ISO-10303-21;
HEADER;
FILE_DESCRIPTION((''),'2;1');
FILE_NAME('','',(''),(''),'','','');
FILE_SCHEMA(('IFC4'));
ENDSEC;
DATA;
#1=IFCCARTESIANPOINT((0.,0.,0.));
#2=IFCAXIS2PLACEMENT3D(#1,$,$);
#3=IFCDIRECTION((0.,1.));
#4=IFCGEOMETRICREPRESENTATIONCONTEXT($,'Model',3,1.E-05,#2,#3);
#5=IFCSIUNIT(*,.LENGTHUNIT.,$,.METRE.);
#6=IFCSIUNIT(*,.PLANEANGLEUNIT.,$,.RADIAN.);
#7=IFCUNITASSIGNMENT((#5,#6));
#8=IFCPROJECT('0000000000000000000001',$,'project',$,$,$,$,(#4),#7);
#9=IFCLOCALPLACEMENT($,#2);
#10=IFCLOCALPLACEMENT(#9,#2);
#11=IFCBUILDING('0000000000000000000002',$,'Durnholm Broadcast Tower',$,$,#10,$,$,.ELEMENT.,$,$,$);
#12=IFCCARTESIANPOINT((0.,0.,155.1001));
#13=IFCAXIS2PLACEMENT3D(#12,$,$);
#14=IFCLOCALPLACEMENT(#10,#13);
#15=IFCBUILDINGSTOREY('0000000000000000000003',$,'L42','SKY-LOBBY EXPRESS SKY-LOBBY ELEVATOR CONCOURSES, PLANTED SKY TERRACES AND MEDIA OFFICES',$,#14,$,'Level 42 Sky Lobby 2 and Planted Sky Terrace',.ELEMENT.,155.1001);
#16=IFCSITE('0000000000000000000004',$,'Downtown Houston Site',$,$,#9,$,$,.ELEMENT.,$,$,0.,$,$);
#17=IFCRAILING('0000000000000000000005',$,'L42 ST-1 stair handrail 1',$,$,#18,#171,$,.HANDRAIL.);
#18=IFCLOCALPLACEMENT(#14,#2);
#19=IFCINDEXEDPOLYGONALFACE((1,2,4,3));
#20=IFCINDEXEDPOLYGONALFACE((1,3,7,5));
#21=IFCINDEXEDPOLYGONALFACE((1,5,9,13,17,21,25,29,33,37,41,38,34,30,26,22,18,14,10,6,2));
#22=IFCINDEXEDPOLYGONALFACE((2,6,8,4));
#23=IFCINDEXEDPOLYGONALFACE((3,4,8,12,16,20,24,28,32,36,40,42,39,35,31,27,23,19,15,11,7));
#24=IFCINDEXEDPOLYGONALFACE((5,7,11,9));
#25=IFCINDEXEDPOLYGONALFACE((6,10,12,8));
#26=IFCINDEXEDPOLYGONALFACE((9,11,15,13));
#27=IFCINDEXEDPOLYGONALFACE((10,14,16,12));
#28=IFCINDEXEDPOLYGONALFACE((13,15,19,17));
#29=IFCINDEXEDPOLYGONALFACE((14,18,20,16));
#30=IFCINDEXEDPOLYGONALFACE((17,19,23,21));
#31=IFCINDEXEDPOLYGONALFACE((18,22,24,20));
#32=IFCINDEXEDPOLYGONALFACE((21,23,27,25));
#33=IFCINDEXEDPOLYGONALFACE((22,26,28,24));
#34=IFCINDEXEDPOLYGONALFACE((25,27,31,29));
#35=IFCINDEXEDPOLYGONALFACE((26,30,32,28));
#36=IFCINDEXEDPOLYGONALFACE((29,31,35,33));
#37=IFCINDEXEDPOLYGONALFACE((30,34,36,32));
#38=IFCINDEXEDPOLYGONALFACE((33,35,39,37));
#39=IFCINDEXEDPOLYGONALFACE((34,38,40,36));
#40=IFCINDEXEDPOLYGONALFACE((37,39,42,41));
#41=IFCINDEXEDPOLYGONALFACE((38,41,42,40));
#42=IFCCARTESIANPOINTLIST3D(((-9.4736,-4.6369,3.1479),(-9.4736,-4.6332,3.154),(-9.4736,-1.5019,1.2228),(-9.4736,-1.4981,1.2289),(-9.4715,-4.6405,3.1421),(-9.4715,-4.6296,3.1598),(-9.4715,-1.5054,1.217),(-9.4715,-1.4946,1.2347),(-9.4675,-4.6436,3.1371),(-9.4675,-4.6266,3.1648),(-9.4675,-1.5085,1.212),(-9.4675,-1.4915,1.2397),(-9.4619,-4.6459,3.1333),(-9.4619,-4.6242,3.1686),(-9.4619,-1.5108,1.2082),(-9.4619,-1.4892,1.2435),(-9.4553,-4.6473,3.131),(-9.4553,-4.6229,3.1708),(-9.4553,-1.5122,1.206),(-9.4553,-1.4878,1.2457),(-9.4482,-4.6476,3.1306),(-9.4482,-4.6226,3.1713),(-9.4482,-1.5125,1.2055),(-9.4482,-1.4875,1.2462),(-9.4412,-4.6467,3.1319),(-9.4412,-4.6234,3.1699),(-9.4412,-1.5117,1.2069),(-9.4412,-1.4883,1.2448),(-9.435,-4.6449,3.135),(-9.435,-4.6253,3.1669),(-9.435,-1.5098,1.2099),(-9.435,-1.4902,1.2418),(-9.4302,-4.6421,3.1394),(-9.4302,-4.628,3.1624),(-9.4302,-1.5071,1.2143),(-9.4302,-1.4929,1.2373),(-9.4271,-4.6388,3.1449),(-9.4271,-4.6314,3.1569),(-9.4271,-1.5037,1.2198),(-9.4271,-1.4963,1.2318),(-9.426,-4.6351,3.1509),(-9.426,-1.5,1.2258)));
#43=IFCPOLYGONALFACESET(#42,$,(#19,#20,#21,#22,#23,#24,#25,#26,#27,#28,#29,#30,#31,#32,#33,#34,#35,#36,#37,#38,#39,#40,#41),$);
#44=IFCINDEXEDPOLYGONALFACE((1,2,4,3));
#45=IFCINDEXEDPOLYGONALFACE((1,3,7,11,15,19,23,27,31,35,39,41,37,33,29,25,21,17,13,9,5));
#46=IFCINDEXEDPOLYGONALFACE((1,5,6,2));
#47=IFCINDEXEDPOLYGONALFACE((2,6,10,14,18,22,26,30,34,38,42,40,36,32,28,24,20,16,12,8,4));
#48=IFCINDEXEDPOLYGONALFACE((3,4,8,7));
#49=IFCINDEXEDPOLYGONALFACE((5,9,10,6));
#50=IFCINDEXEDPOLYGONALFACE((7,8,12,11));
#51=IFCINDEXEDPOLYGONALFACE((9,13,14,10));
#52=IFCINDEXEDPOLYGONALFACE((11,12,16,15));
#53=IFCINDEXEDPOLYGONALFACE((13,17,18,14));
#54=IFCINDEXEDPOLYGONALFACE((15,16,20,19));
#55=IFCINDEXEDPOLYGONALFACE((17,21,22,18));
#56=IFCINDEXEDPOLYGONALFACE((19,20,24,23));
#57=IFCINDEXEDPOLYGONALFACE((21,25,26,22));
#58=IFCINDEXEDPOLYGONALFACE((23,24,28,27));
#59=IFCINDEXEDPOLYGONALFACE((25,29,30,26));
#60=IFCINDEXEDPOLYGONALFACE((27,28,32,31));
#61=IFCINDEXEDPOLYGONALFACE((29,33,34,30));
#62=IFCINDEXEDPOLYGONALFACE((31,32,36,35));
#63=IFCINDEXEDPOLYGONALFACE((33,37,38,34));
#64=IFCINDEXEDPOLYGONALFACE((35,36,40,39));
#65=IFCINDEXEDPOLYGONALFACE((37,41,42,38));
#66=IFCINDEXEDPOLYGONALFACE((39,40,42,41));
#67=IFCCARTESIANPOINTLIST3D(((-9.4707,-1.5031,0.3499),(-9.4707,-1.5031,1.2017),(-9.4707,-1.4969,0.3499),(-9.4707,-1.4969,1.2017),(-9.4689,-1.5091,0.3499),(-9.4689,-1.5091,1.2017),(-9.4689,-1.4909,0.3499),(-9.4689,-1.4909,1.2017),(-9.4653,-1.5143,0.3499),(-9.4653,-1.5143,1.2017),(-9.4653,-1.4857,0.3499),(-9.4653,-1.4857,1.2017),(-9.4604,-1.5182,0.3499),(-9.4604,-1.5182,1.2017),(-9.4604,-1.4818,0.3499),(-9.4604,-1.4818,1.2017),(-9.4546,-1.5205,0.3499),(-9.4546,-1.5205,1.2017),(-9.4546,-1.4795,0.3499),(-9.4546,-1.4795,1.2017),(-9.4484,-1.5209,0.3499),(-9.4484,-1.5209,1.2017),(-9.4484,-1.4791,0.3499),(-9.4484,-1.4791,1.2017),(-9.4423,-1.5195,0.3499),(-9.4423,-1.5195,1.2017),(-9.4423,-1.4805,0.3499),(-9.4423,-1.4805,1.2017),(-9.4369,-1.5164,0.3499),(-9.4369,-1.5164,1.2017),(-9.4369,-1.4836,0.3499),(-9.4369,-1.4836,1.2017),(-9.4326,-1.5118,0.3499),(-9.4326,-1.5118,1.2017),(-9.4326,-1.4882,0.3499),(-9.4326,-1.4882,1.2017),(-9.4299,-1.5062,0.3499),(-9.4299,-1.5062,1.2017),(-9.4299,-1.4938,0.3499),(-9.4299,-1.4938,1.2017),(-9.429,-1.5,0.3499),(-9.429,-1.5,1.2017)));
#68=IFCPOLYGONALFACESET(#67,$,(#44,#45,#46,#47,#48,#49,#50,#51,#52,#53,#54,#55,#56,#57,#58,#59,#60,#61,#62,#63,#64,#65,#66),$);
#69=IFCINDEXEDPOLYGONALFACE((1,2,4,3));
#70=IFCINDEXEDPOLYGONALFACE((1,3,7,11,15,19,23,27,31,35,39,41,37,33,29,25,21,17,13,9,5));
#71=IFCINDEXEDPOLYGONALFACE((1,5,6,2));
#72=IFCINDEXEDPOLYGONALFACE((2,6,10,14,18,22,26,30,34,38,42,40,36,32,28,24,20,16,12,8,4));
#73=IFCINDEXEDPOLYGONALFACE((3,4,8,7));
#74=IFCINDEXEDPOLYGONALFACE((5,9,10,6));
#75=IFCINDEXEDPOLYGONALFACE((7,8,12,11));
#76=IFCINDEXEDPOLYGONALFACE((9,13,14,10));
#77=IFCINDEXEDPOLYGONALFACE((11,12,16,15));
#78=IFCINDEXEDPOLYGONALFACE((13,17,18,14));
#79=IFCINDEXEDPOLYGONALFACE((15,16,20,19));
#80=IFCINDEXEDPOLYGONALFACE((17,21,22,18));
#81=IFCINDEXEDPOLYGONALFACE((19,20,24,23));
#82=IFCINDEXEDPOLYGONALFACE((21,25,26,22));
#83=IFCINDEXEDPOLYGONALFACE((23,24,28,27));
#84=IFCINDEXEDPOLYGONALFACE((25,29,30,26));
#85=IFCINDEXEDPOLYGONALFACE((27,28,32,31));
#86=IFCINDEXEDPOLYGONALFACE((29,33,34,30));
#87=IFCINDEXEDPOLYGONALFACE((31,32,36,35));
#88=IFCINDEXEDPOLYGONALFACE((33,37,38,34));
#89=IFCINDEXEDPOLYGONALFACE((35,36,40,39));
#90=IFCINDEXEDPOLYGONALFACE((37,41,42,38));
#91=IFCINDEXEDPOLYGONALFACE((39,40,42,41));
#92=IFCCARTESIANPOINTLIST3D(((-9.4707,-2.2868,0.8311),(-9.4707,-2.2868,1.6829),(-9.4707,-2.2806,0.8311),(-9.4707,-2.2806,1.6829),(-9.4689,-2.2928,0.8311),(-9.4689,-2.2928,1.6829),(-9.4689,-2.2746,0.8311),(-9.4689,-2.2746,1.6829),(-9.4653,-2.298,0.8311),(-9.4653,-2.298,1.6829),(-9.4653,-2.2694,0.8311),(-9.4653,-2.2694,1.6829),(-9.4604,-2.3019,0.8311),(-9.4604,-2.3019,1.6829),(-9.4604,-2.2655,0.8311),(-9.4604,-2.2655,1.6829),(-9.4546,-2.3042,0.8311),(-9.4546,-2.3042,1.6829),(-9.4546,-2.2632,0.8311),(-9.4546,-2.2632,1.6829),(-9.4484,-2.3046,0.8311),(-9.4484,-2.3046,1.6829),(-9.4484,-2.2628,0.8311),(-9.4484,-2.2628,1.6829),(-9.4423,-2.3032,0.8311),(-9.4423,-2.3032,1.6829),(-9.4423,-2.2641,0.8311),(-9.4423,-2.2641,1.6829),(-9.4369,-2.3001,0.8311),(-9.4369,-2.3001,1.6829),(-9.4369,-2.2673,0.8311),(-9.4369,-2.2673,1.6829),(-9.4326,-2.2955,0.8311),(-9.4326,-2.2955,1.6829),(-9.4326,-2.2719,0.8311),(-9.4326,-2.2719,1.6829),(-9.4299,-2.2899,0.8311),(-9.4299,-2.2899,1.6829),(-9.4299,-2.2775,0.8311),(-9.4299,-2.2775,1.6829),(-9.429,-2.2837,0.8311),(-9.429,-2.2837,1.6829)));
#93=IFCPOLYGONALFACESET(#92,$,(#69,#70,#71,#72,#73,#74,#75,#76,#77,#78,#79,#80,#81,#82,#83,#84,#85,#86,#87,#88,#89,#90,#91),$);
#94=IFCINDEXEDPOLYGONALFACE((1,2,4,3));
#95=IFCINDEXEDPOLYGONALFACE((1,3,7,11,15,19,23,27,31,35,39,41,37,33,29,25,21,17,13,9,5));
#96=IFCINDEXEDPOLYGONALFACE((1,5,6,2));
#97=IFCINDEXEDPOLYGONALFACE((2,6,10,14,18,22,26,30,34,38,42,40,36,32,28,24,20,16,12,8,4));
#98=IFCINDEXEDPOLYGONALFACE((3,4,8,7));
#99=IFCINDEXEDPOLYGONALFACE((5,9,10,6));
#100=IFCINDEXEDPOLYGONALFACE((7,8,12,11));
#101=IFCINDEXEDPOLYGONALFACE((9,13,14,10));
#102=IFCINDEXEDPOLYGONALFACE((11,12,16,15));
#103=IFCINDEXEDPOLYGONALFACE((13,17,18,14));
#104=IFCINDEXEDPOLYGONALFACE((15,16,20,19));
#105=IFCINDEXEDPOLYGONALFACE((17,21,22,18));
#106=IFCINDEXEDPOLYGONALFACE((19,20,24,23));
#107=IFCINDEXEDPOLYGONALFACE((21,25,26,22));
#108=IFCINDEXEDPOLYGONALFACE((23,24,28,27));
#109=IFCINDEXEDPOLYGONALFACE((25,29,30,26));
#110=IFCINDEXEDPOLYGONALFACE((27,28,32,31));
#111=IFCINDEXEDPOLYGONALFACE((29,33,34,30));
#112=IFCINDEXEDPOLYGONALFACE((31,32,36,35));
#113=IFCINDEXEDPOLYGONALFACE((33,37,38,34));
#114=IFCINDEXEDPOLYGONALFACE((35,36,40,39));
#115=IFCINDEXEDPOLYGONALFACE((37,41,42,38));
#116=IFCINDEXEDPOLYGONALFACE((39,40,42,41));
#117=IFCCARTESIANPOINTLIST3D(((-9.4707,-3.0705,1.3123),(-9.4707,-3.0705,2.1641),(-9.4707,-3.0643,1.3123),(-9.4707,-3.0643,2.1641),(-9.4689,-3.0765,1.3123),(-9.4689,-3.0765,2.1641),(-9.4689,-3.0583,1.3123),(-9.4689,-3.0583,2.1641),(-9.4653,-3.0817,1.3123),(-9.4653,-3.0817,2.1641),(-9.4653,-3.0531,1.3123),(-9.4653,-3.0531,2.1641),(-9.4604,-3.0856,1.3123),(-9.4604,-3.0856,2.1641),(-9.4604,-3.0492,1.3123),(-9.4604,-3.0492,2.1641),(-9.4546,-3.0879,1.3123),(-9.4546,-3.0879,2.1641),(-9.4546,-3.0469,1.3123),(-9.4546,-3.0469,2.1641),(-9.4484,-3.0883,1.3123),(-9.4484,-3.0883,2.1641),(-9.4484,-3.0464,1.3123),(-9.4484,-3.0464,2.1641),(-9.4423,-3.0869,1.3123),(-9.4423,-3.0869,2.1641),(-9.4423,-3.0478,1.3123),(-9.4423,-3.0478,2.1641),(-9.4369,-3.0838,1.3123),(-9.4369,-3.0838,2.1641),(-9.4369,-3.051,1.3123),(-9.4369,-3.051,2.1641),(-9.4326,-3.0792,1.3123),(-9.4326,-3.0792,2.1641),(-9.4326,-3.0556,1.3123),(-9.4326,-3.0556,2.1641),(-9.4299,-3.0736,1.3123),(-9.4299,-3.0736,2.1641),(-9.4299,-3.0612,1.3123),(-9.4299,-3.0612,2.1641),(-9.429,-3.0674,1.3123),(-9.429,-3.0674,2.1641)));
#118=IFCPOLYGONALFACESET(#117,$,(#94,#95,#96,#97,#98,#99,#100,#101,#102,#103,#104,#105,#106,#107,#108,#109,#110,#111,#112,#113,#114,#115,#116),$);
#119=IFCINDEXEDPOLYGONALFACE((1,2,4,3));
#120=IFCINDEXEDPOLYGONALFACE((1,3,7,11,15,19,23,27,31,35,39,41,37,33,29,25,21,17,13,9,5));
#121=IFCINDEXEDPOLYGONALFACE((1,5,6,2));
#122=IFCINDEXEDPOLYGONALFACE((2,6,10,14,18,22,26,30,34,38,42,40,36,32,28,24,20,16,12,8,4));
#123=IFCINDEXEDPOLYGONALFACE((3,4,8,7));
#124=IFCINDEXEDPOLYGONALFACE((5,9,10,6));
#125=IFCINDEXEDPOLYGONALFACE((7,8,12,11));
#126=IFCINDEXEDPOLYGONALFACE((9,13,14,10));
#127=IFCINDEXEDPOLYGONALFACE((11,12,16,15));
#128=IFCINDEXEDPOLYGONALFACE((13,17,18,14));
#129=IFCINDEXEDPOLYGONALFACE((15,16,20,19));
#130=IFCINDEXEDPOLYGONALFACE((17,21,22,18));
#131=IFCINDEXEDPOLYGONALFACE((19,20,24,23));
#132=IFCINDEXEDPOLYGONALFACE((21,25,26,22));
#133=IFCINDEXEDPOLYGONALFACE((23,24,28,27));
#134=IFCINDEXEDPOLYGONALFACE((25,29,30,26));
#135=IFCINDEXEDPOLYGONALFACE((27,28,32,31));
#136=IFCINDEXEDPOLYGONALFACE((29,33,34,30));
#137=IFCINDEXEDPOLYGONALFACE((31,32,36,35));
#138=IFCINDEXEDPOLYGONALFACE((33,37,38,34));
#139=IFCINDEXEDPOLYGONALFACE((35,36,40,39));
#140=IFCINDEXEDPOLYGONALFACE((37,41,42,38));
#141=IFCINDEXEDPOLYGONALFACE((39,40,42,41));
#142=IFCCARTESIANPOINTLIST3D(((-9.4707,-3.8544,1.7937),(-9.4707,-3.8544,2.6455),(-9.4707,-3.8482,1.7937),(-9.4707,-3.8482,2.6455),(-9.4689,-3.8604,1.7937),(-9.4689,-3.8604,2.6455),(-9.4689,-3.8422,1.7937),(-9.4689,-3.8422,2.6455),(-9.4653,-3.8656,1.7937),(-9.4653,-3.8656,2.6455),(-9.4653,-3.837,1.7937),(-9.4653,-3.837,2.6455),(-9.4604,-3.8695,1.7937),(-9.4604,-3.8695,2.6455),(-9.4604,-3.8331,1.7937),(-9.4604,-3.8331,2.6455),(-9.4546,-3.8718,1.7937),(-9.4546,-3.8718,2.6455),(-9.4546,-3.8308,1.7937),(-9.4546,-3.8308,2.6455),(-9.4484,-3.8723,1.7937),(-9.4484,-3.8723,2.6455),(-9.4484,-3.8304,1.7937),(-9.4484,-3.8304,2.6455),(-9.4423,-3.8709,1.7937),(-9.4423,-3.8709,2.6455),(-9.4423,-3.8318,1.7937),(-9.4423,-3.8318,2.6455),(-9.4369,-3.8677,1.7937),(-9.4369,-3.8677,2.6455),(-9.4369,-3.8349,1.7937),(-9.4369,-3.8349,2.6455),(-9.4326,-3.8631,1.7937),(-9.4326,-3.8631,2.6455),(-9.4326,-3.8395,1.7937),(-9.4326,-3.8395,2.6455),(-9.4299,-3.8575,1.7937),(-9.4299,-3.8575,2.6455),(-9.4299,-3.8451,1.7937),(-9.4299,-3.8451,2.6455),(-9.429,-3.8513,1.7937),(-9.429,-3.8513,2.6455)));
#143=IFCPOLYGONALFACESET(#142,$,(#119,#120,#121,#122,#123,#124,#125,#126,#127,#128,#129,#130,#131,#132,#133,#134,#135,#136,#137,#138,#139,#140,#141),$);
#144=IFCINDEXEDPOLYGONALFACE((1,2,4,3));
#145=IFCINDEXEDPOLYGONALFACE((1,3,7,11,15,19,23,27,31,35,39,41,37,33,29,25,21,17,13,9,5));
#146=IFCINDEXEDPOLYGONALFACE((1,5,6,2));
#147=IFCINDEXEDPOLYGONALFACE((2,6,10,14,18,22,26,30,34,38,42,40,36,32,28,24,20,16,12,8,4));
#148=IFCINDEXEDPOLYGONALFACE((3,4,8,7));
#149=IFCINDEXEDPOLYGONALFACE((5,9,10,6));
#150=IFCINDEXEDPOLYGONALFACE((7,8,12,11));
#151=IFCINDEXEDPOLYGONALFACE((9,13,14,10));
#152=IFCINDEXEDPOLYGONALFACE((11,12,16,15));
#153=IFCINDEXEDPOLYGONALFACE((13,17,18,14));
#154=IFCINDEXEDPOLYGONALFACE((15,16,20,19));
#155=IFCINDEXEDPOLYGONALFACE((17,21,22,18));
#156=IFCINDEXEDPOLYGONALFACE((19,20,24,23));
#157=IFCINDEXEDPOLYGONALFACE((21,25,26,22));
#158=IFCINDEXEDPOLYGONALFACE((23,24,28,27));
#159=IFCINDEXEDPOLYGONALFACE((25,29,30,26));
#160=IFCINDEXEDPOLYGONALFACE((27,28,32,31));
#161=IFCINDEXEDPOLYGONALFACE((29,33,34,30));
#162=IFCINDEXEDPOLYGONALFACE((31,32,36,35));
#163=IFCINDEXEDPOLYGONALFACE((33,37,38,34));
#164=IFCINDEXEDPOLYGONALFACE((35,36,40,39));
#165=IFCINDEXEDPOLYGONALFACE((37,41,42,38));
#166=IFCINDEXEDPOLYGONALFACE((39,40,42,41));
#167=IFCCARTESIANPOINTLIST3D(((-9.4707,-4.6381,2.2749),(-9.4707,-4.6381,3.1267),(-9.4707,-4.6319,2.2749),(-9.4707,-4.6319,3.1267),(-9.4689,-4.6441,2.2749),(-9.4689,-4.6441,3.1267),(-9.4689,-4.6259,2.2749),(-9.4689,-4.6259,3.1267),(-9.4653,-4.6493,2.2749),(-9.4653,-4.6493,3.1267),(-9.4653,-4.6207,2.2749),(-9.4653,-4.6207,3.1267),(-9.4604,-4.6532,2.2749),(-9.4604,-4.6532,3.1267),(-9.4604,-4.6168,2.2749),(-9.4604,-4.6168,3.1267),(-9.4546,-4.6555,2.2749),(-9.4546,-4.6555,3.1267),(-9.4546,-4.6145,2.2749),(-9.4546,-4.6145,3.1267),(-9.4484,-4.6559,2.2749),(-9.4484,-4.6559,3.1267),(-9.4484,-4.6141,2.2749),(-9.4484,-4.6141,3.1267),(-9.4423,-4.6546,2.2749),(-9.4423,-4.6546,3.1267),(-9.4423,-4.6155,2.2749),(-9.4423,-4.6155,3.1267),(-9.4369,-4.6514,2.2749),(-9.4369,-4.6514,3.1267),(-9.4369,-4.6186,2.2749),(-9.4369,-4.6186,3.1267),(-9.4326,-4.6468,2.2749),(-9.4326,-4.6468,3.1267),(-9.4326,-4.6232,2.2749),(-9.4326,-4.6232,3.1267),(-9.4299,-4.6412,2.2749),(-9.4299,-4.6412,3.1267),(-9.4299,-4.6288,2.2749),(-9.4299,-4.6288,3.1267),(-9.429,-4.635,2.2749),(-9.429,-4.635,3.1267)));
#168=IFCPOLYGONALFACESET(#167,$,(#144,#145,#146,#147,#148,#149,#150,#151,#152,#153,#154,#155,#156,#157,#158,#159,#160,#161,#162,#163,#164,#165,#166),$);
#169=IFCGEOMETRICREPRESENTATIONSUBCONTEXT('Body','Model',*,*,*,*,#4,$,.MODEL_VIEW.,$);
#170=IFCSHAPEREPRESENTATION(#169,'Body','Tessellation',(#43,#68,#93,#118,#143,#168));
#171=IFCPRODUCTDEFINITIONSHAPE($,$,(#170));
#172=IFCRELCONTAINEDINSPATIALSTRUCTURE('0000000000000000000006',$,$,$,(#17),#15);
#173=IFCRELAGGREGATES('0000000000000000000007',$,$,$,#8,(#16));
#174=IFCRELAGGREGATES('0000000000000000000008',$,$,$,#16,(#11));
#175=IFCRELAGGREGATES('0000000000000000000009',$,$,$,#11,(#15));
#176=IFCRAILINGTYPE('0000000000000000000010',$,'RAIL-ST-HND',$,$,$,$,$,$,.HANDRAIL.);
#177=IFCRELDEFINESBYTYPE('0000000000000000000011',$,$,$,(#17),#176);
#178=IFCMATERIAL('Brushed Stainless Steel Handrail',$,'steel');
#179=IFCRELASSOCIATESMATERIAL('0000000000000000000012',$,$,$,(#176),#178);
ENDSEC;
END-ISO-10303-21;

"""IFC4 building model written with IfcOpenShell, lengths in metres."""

from ifc_helpers import new_model, si_unit, direction, frame, origin, origin_2d, place, context, subcontext, project, spatial, circle, extrude, material, type_object, element, save


model = new_model("IFC4")

# Units and contexts
model_context = context("Model", 3, precision=1e-05, world=origin(), true_north=direction((0.0, 1.0)))
body_context = subcontext(model_context, "Body", "Model", "MODEL_VIEW")
ifc_project = project(units=[si_unit("LENGTHUNIT", "METRE"), si_unit("PLANEANGLEUNIT", "RADIAN")], contexts=[model_context])

# Site, building, storey
site_placement = place(None, origin())
site = spatial("IfcSite", under=ifc_project, at=site_placement, Name="Downtown Houston Site", CompositionType="ELEMENT", RefElevation=0.0)
building_placement = place(site_placement, origin())
building = spatial("IfcBuilding", under=site, at=building_placement, Name="Durnholm Broadcast Tower", CompositionType="ELEMENT")
storey_placement = place(building_placement, frame((0.0, 0.0, 155.1001)))
storey = spatial("IfcBuildingStorey", under=building, at=storey_placement, Name="L42", Description="SKY-LOBBY EXPRESS SKY-LOBBY ELEVATOR CONCOURSES, PLANTED SKY TERRACES AND MEDIA OFFICES", LongName="Level 42 Sky Lobby 2 and Planted Sky Terrace", CompositionType="ELEMENT", Elevation=155.1001)

# Railing
ifc_material_1 = material(Name="Brushed Stainless Steel Handrail", Category="steel")
railing_type = type_object("IfcRailingType", Name="RAIL-ST-HND", PredefinedType="HANDRAIL", material=ifc_material_1)
railing_placement = place(storey_placement, frame((-9.45, -1.5, 0.3499)))
element("IfcRailing", 1, at=railing_placement, inside=storey, type_object=railing_type, Name="L42 ST-1 stair handrail 1", PredefinedType="HANDRAIL", context=body_context, shape_type="SweptSolid", body=[
    extrude(circle(Radius=0.0239, at=origin_2d()), frame((0.0, 0.0, 0.876), z_axis=(0.0, -0.852166, 0.523271), x_axis=(1.0, 0.0, 0.0)), (0.0, 0.0, 1.0), 3.679),
    extrude(circle(Radius=0.021, at=origin_2d()), origin(), (0.0, 0.0, 1.0), 0.8518),
    extrude(circle(Radius=0.021, at=origin_2d()), frame((0.0, -0.7837, 0.4812)), (0.0, 0.0, 1.0), 0.8518),
    extrude(circle(Radius=0.021, at=origin_2d()), frame((0.0, -1.5674, 0.9624)), (0.0, 0.0, 1.0), 0.8518),
    extrude(circle(Radius=0.021, at=origin_2d()), frame((0.0, -2.3513, 1.4438)), (0.0, 0.0, 1.0), 0.8518),
    extrude(circle(Radius=0.021, at=origin_2d()), frame((0.0, -3.135, 1.925)), (0.0, 0.0, 1.0), 0.8518),
])

save(model, "model.ifc")
